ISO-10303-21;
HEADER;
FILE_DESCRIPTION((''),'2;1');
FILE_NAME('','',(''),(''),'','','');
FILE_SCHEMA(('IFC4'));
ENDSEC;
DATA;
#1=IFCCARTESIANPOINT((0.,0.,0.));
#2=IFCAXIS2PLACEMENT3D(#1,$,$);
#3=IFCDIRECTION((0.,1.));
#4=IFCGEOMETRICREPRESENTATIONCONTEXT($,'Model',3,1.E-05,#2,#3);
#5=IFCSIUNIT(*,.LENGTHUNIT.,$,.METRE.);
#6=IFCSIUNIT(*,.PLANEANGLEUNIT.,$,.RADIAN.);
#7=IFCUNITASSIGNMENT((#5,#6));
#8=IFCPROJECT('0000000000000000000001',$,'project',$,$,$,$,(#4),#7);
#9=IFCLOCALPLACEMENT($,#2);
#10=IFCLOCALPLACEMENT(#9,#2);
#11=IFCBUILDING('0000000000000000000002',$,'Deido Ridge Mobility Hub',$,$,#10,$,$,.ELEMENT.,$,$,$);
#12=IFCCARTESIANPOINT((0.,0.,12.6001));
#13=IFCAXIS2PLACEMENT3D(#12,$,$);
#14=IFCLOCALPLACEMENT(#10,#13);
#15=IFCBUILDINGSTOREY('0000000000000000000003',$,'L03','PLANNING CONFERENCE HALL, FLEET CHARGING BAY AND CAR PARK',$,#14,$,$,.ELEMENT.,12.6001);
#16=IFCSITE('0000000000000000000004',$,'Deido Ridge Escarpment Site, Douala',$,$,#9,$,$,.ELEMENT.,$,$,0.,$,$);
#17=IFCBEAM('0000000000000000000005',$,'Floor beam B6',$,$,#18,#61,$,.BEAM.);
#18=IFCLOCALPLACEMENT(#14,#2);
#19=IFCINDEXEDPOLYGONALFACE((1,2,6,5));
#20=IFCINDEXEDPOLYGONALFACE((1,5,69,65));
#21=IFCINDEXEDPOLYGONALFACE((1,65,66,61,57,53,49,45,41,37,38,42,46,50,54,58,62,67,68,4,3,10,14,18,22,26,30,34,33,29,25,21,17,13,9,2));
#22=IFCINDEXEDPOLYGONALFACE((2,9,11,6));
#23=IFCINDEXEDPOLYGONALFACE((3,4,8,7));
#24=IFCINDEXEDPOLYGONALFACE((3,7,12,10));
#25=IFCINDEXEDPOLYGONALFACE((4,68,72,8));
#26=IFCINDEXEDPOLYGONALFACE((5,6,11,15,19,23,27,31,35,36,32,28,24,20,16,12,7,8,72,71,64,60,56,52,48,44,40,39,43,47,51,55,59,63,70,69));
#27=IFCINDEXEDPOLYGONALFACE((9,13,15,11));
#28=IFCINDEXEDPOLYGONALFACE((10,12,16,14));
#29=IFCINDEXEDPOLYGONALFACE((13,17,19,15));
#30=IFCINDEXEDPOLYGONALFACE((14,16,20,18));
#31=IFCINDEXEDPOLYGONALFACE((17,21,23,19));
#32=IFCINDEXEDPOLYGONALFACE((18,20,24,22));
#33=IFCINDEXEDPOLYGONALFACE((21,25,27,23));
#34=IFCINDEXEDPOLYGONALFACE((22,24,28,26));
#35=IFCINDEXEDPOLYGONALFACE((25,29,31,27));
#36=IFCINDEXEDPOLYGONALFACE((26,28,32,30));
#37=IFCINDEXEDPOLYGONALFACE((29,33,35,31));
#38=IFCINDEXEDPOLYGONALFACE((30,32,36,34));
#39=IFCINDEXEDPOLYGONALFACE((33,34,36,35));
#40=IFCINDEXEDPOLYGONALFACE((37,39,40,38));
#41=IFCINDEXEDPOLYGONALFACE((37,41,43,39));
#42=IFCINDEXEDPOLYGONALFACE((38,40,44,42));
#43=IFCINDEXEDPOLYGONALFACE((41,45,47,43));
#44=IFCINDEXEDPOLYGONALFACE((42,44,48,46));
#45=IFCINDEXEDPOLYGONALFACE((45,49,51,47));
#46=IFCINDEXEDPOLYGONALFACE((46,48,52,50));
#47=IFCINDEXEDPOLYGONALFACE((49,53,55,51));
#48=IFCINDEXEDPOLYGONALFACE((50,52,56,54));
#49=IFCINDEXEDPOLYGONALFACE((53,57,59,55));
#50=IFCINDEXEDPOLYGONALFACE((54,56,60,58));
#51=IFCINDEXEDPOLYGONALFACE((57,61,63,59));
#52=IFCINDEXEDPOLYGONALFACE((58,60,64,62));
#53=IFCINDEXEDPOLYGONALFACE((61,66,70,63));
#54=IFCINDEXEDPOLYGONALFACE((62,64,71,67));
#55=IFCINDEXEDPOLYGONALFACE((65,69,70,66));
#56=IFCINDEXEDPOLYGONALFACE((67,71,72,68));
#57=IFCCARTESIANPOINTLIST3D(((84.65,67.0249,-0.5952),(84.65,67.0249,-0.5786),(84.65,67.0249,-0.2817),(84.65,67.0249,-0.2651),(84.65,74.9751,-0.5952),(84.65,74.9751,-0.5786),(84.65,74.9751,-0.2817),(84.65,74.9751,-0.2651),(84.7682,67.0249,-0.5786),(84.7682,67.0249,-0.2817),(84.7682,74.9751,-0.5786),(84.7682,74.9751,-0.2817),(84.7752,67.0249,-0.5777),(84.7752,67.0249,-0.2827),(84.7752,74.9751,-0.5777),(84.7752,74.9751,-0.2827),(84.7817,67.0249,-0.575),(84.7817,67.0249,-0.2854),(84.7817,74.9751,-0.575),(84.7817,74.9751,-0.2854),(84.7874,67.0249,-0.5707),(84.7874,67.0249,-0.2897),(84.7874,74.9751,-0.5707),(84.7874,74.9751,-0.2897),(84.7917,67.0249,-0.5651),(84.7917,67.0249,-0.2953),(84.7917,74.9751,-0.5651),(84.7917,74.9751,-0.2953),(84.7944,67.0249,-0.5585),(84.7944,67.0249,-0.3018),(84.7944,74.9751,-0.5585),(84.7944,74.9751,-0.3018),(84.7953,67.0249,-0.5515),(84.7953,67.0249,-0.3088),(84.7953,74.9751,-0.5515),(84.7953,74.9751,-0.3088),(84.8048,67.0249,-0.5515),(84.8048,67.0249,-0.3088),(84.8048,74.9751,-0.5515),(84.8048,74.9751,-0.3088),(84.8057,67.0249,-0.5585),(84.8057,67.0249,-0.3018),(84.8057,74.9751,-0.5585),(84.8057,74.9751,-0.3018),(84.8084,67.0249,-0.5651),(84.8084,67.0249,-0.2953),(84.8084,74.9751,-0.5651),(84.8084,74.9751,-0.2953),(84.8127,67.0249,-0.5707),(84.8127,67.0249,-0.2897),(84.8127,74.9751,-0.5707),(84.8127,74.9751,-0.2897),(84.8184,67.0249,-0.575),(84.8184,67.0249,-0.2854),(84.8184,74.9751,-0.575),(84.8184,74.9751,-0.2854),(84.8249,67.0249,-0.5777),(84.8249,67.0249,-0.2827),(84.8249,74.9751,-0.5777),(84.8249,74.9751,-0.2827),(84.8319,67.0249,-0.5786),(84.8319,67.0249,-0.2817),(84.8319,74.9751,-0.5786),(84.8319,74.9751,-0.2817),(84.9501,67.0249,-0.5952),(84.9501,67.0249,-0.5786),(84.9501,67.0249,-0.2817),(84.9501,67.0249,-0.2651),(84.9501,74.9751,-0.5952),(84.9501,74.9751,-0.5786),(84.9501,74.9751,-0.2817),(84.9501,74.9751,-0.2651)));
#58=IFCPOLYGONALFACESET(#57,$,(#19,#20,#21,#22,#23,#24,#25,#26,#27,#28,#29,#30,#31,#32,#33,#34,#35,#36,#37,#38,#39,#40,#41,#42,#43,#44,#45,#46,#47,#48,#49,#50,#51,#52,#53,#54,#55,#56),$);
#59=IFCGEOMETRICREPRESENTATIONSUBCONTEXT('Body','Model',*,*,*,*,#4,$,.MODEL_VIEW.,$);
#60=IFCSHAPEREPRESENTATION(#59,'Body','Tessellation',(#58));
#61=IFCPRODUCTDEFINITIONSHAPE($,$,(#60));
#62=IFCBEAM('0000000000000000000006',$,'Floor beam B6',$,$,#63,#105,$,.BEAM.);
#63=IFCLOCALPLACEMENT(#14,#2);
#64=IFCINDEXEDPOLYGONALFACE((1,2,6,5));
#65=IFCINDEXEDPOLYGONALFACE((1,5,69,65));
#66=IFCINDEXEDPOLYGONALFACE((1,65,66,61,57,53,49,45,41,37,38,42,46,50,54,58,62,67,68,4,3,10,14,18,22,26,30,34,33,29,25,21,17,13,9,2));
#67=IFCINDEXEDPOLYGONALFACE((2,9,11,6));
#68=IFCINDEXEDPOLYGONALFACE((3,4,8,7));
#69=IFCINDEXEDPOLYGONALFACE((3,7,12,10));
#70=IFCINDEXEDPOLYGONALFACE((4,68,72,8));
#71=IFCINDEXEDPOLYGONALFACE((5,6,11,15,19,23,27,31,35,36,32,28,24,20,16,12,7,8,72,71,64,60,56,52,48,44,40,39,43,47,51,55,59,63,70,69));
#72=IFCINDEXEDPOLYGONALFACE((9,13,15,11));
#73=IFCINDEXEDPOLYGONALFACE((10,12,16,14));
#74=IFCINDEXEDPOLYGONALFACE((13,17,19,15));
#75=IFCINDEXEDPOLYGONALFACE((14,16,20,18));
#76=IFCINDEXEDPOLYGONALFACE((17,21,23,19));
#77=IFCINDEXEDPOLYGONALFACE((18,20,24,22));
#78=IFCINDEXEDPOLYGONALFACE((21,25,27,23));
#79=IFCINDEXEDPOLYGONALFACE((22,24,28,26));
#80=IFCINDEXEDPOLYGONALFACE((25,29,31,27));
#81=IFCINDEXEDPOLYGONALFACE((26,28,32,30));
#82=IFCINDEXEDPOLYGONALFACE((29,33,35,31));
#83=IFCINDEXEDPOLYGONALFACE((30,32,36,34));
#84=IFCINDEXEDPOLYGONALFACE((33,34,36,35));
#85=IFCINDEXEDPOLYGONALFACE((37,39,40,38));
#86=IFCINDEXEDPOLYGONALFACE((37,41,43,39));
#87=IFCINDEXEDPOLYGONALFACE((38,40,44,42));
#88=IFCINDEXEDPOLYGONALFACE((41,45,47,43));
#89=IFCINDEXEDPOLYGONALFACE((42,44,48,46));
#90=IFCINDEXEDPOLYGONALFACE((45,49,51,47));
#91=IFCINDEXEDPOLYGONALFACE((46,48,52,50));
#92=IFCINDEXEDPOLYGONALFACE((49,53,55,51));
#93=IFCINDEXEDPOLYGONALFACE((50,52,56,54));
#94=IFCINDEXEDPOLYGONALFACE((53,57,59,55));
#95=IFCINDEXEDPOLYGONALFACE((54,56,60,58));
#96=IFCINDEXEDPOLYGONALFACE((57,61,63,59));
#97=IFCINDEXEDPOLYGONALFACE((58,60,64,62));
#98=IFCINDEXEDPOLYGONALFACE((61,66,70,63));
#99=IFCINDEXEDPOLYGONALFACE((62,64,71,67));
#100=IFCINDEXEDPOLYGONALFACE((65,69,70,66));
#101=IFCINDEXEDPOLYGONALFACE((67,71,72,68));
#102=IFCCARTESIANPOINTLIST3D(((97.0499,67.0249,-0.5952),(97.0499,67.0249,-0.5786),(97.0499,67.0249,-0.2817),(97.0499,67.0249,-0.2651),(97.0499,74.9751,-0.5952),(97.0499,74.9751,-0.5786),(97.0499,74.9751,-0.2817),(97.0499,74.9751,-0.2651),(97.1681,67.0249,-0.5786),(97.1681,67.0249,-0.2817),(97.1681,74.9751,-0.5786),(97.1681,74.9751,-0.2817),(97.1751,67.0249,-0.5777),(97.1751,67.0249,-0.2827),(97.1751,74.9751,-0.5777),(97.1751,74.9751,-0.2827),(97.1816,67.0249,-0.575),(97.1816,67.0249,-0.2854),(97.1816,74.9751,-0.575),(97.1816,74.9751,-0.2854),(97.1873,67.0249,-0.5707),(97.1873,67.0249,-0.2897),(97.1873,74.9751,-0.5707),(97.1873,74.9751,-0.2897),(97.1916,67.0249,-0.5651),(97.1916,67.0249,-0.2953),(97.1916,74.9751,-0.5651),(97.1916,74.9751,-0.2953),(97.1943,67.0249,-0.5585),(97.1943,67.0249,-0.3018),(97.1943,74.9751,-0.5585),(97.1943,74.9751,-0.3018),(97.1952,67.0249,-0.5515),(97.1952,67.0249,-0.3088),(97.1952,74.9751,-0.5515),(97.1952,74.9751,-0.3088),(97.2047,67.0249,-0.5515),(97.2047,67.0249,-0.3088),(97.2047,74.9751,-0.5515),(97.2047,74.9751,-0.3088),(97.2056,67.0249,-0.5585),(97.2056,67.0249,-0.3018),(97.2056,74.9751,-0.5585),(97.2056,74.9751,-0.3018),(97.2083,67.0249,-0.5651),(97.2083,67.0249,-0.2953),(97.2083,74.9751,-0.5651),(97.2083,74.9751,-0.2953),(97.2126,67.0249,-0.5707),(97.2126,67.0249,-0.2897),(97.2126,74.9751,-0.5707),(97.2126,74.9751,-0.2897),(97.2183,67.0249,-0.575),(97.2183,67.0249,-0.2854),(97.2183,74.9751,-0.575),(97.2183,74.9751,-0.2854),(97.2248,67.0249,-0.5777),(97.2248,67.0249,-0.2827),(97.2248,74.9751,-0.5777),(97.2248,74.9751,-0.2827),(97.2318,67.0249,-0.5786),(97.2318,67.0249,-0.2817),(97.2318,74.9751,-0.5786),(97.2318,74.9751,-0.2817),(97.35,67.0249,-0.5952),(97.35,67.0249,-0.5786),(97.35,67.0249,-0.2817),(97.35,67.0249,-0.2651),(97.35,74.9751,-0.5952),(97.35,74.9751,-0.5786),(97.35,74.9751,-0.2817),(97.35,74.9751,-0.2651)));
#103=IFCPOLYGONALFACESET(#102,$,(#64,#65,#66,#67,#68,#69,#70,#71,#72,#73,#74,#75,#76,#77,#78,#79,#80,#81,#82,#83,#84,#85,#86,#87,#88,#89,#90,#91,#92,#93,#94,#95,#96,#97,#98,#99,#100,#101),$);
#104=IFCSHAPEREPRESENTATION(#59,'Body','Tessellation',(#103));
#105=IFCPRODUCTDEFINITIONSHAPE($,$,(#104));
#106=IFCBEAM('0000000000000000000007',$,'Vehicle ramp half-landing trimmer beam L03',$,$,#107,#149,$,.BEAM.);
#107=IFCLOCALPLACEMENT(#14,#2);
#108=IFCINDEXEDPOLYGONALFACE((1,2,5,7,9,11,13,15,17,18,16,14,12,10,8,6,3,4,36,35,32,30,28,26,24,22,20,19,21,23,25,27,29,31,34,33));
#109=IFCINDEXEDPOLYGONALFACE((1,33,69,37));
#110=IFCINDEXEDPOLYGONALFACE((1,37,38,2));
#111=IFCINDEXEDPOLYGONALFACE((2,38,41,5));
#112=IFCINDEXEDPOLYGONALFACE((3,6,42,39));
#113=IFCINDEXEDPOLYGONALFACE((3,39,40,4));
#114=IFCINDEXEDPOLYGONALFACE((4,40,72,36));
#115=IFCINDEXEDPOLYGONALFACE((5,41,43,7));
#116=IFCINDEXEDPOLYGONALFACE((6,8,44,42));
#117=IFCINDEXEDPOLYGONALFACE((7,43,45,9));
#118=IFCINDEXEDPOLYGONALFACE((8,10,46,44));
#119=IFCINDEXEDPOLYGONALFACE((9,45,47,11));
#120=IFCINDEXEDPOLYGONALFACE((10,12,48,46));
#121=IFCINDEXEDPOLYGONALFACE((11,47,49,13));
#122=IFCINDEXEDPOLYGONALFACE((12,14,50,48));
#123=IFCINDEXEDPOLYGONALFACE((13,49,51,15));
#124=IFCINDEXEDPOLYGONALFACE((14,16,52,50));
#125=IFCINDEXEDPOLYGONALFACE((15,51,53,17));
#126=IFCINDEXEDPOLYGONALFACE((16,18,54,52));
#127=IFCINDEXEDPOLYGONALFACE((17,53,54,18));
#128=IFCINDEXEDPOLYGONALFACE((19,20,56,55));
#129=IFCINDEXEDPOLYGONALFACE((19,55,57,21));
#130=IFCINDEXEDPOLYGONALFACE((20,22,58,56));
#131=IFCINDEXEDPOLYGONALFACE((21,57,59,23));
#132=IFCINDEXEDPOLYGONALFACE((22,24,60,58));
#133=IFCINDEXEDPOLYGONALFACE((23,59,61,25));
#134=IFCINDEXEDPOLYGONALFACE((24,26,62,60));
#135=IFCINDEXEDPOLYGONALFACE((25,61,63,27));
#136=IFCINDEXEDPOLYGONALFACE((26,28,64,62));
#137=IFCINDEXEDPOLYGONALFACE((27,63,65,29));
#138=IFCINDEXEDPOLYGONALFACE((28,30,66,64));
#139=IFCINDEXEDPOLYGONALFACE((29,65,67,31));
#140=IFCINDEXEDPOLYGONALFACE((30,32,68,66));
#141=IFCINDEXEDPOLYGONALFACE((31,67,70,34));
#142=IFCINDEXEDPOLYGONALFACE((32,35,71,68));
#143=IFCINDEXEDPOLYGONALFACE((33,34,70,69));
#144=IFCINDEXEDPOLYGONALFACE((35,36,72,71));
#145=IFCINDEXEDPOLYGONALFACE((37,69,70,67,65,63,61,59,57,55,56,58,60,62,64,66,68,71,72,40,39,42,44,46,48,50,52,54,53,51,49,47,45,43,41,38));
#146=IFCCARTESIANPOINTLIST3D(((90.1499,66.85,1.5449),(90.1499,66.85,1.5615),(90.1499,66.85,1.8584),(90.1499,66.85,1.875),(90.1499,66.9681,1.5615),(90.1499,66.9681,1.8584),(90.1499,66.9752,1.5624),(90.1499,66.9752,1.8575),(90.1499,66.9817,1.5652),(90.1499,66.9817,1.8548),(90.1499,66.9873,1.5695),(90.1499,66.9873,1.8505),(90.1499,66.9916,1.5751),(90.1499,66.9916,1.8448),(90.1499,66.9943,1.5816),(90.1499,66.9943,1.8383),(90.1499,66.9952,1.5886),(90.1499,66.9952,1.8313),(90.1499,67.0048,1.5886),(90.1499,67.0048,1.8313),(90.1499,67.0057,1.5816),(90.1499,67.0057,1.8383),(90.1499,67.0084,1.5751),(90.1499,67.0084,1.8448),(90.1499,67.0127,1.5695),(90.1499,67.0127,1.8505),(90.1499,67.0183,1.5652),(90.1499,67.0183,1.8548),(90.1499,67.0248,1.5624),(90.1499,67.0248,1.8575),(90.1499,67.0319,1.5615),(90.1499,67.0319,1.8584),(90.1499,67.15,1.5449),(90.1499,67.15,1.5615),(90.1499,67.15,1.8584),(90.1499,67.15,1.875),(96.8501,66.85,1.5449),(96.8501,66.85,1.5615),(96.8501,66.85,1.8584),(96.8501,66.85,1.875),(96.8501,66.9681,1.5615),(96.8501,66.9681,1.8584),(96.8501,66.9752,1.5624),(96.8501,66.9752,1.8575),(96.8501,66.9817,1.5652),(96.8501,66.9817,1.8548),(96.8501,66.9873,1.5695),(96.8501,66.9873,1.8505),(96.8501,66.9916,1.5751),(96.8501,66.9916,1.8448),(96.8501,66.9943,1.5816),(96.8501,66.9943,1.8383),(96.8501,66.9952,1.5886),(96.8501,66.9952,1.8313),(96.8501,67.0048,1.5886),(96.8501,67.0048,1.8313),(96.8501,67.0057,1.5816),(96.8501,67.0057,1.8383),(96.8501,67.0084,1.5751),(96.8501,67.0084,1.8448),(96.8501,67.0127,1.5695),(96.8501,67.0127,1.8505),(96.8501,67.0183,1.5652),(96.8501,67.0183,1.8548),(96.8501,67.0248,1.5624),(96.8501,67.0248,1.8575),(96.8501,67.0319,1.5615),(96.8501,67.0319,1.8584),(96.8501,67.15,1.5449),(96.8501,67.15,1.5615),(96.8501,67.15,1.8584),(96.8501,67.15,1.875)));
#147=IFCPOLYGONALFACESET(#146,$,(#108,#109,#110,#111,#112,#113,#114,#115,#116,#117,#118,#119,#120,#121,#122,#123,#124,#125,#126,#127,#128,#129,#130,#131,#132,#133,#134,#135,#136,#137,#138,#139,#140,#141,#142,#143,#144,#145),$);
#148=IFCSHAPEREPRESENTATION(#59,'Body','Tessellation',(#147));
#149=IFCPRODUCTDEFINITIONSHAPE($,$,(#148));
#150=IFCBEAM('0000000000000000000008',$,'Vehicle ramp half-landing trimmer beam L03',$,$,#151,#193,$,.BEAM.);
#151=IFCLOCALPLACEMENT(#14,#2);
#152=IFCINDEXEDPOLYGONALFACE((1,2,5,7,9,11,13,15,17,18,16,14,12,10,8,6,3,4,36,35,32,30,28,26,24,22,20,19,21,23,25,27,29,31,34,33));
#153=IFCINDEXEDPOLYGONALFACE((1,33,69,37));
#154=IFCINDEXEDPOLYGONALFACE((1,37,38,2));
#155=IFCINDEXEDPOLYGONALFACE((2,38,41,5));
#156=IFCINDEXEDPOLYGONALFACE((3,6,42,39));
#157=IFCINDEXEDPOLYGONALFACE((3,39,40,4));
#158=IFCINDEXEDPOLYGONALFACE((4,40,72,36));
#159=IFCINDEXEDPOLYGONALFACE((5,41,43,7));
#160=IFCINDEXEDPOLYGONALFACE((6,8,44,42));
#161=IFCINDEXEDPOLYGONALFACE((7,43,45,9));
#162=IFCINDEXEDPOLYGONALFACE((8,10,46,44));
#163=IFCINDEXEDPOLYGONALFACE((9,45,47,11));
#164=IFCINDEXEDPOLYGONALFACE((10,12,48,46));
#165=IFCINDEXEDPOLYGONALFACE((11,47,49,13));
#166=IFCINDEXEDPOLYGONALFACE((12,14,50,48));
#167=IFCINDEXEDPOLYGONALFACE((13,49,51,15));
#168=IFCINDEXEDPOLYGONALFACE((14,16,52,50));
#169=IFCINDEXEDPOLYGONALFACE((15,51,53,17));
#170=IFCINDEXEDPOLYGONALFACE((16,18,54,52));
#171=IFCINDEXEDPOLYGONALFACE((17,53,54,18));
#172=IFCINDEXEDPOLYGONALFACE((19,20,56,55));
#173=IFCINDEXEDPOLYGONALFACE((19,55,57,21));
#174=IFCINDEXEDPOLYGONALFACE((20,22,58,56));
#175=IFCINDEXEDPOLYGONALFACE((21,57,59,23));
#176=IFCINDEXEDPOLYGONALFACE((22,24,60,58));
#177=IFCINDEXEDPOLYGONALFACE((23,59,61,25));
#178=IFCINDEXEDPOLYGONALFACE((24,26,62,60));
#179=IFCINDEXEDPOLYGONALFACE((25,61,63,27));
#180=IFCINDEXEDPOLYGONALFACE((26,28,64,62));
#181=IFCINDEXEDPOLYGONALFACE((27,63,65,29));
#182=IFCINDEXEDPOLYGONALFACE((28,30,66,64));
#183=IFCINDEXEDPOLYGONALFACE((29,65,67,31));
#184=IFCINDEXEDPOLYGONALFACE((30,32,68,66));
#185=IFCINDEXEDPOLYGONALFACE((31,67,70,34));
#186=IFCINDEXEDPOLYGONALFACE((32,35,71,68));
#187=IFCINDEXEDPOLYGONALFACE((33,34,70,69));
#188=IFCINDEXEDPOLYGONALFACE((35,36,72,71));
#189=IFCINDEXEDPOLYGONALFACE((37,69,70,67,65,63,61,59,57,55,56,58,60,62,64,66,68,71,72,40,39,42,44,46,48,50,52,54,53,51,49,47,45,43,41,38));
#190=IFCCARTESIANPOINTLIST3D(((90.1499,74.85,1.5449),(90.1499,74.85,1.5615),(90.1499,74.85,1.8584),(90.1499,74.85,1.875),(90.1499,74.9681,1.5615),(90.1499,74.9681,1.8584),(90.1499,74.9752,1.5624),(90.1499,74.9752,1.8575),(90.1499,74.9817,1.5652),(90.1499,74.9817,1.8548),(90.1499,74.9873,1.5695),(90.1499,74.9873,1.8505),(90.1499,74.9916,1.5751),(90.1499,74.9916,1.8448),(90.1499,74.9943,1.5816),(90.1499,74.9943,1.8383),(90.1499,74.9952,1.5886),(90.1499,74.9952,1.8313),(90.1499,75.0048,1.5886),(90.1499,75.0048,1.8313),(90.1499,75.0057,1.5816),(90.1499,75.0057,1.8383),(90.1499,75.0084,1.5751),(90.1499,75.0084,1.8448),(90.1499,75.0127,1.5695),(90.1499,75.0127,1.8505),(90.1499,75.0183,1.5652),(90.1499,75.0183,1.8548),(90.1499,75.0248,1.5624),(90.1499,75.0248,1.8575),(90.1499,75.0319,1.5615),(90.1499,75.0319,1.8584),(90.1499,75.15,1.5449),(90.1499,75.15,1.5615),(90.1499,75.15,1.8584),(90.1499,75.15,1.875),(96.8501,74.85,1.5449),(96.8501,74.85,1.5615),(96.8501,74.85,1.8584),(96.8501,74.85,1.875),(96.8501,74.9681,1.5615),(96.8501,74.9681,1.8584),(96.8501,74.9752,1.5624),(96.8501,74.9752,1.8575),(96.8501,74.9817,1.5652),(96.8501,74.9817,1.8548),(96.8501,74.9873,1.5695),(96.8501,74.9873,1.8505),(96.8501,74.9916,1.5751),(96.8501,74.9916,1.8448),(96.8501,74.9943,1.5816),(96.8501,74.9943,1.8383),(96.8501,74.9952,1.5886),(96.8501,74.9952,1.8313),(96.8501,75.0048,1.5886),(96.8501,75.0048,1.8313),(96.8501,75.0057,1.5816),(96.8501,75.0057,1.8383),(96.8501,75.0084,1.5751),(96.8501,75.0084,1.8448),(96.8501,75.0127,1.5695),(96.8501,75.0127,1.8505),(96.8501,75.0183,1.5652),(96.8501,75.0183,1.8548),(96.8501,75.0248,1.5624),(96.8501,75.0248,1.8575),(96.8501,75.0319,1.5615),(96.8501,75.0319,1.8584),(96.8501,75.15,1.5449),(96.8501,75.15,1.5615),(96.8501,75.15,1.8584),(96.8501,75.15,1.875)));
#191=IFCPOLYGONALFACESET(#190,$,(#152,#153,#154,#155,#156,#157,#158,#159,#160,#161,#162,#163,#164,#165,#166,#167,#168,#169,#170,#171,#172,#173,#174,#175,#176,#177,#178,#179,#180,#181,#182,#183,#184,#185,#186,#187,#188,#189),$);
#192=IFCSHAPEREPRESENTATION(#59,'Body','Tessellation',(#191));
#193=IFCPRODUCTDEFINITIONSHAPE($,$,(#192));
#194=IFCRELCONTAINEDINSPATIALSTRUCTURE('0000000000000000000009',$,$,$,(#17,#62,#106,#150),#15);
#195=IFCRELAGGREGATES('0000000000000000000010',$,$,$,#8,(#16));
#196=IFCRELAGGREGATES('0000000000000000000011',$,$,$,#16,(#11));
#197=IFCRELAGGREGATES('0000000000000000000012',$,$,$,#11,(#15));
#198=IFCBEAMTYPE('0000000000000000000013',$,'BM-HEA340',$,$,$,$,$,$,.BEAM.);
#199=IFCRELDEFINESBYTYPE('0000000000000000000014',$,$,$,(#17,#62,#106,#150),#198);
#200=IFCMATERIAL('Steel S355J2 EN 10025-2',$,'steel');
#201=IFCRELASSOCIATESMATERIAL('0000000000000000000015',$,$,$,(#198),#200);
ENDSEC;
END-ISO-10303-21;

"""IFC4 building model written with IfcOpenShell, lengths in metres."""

from ifc_helpers import new_model, si_unit, direction, frame, origin, origin_2d, place, context, subcontext, project, spatial, i_section, extrude, material, material_profile, profile_set, type_object, element, save


model = new_model("IFC4")

# Units and contexts
model_context = context("Model", 3, precision=1e-05, world=origin(), true_north=direction((0.0, 1.0)))
body_context = subcontext(model_context, "Body", "Model", "MODEL_VIEW")
ifc_project = project(units=[si_unit("LENGTHUNIT", "METRE"), si_unit("PLANEANGLEUNIT", "RADIAN")], contexts=[model_context])

# Site, building, storey
site_placement = place(None, origin())
site = spatial("IfcSite", under=ifc_project, at=site_placement, Name="Deido Ridge Escarpment Site, Douala", CompositionType="ELEMENT", RefElevation=0.0)
building_placement = place(site_placement, origin())
building = spatial("IfcBuilding", under=site, at=building_placement, Name="Deido Ridge Mobility Hub", CompositionType="ELEMENT")
storey_placement = place(building_placement, frame((0.0, 0.0, 12.6001)))
storey = spatial("IfcBuildingStorey", under=building, at=storey_placement, Name="L03", Description="PLANNING CONFERENCE HALL, FLEET CHARGING BAY AND CAR PARK", CompositionType="ELEMENT", Elevation=12.6001)

# Shared definitions
ifc_material_1 = material(Name="Steel S355J2 EN 10025-2", Category="steel")

# Beams
ifc_material_profile_1 = material_profile(ifc_material_1, i_section(OverallWidth=0.3, OverallDepth=0.3301, WebThickness=0.0095, FlangeThickness=0.0166, FilletRadius=0.0271, at=origin_2d()), Name="HEA 340")
ifc_profile_set_1 = profile_set([ifc_material_profile_1], Name="Steel S355J2 EN 10025-2")
beam_type_1 = type_object("IfcBeamType", Name="BM-HEA340", PredefinedType="BEAM", material=ifc_profile_set_1)
for number, where, z_axis, x_axis, name in (
    (1, (84.8, 67.0249, -0.4302), (0.0, 1.0, 0.0), (-1.0, 0.0, 0.0), "Floor beam B6"),
    (2, (97.2, 67.0249, -0.4302), (0.0, 1.0, 0.0), (-1.0, 0.0, 0.0), "Floor beam B6"),
):
    element("IfcBeam", number, at=place(storey_placement, frame(where, z_axis=z_axis, x_axis=x_axis)), inside=storey, type_object=beam_type_1, Name=name, PredefinedType="BEAM", context=body_context, shape_type="SweptSolid", body=[
        extrude(i_section(OverallWidth=0.3, OverallDepth=0.3301, WebThickness=0.0095, FlangeThickness=0.0166, FilletRadius=0.0271, at=origin_2d()), origin(), (0.0, 0.0, 1.0), 7.9502),
    ])
for number, where, z_axis, x_axis, name in (
    (3, (90.1499, 67.0, 1.71), (1.0, 0.0, 0.0), (0.0, 1.0, 0.0), "Vehicle ramp half-landing trimmer beam L03"),
    (4, (90.1499, 75.0, 1.71), (1.0, 0.0, 0.0), (0.0, 1.0, 0.0), "Vehicle ramp half-landing trimmer beam L03"),
):
    element("IfcBeam", number, at=place(storey_placement, frame(where, z_axis=z_axis, x_axis=x_axis)), inside=storey, type_object=beam_type_1, Name=name, PredefinedType="BEAM", context=body_context, shape_type="SweptSolid", body=[
        extrude(i_section(OverallWidth=0.3, OverallDepth=0.3301, WebThickness=0.0095, FlangeThickness=0.0166, FilletRadius=0.0271, at=origin_2d()), origin(), (0.0, 0.0, 1.0), 6.7002),
    ])

save(model, "model.ifc")
